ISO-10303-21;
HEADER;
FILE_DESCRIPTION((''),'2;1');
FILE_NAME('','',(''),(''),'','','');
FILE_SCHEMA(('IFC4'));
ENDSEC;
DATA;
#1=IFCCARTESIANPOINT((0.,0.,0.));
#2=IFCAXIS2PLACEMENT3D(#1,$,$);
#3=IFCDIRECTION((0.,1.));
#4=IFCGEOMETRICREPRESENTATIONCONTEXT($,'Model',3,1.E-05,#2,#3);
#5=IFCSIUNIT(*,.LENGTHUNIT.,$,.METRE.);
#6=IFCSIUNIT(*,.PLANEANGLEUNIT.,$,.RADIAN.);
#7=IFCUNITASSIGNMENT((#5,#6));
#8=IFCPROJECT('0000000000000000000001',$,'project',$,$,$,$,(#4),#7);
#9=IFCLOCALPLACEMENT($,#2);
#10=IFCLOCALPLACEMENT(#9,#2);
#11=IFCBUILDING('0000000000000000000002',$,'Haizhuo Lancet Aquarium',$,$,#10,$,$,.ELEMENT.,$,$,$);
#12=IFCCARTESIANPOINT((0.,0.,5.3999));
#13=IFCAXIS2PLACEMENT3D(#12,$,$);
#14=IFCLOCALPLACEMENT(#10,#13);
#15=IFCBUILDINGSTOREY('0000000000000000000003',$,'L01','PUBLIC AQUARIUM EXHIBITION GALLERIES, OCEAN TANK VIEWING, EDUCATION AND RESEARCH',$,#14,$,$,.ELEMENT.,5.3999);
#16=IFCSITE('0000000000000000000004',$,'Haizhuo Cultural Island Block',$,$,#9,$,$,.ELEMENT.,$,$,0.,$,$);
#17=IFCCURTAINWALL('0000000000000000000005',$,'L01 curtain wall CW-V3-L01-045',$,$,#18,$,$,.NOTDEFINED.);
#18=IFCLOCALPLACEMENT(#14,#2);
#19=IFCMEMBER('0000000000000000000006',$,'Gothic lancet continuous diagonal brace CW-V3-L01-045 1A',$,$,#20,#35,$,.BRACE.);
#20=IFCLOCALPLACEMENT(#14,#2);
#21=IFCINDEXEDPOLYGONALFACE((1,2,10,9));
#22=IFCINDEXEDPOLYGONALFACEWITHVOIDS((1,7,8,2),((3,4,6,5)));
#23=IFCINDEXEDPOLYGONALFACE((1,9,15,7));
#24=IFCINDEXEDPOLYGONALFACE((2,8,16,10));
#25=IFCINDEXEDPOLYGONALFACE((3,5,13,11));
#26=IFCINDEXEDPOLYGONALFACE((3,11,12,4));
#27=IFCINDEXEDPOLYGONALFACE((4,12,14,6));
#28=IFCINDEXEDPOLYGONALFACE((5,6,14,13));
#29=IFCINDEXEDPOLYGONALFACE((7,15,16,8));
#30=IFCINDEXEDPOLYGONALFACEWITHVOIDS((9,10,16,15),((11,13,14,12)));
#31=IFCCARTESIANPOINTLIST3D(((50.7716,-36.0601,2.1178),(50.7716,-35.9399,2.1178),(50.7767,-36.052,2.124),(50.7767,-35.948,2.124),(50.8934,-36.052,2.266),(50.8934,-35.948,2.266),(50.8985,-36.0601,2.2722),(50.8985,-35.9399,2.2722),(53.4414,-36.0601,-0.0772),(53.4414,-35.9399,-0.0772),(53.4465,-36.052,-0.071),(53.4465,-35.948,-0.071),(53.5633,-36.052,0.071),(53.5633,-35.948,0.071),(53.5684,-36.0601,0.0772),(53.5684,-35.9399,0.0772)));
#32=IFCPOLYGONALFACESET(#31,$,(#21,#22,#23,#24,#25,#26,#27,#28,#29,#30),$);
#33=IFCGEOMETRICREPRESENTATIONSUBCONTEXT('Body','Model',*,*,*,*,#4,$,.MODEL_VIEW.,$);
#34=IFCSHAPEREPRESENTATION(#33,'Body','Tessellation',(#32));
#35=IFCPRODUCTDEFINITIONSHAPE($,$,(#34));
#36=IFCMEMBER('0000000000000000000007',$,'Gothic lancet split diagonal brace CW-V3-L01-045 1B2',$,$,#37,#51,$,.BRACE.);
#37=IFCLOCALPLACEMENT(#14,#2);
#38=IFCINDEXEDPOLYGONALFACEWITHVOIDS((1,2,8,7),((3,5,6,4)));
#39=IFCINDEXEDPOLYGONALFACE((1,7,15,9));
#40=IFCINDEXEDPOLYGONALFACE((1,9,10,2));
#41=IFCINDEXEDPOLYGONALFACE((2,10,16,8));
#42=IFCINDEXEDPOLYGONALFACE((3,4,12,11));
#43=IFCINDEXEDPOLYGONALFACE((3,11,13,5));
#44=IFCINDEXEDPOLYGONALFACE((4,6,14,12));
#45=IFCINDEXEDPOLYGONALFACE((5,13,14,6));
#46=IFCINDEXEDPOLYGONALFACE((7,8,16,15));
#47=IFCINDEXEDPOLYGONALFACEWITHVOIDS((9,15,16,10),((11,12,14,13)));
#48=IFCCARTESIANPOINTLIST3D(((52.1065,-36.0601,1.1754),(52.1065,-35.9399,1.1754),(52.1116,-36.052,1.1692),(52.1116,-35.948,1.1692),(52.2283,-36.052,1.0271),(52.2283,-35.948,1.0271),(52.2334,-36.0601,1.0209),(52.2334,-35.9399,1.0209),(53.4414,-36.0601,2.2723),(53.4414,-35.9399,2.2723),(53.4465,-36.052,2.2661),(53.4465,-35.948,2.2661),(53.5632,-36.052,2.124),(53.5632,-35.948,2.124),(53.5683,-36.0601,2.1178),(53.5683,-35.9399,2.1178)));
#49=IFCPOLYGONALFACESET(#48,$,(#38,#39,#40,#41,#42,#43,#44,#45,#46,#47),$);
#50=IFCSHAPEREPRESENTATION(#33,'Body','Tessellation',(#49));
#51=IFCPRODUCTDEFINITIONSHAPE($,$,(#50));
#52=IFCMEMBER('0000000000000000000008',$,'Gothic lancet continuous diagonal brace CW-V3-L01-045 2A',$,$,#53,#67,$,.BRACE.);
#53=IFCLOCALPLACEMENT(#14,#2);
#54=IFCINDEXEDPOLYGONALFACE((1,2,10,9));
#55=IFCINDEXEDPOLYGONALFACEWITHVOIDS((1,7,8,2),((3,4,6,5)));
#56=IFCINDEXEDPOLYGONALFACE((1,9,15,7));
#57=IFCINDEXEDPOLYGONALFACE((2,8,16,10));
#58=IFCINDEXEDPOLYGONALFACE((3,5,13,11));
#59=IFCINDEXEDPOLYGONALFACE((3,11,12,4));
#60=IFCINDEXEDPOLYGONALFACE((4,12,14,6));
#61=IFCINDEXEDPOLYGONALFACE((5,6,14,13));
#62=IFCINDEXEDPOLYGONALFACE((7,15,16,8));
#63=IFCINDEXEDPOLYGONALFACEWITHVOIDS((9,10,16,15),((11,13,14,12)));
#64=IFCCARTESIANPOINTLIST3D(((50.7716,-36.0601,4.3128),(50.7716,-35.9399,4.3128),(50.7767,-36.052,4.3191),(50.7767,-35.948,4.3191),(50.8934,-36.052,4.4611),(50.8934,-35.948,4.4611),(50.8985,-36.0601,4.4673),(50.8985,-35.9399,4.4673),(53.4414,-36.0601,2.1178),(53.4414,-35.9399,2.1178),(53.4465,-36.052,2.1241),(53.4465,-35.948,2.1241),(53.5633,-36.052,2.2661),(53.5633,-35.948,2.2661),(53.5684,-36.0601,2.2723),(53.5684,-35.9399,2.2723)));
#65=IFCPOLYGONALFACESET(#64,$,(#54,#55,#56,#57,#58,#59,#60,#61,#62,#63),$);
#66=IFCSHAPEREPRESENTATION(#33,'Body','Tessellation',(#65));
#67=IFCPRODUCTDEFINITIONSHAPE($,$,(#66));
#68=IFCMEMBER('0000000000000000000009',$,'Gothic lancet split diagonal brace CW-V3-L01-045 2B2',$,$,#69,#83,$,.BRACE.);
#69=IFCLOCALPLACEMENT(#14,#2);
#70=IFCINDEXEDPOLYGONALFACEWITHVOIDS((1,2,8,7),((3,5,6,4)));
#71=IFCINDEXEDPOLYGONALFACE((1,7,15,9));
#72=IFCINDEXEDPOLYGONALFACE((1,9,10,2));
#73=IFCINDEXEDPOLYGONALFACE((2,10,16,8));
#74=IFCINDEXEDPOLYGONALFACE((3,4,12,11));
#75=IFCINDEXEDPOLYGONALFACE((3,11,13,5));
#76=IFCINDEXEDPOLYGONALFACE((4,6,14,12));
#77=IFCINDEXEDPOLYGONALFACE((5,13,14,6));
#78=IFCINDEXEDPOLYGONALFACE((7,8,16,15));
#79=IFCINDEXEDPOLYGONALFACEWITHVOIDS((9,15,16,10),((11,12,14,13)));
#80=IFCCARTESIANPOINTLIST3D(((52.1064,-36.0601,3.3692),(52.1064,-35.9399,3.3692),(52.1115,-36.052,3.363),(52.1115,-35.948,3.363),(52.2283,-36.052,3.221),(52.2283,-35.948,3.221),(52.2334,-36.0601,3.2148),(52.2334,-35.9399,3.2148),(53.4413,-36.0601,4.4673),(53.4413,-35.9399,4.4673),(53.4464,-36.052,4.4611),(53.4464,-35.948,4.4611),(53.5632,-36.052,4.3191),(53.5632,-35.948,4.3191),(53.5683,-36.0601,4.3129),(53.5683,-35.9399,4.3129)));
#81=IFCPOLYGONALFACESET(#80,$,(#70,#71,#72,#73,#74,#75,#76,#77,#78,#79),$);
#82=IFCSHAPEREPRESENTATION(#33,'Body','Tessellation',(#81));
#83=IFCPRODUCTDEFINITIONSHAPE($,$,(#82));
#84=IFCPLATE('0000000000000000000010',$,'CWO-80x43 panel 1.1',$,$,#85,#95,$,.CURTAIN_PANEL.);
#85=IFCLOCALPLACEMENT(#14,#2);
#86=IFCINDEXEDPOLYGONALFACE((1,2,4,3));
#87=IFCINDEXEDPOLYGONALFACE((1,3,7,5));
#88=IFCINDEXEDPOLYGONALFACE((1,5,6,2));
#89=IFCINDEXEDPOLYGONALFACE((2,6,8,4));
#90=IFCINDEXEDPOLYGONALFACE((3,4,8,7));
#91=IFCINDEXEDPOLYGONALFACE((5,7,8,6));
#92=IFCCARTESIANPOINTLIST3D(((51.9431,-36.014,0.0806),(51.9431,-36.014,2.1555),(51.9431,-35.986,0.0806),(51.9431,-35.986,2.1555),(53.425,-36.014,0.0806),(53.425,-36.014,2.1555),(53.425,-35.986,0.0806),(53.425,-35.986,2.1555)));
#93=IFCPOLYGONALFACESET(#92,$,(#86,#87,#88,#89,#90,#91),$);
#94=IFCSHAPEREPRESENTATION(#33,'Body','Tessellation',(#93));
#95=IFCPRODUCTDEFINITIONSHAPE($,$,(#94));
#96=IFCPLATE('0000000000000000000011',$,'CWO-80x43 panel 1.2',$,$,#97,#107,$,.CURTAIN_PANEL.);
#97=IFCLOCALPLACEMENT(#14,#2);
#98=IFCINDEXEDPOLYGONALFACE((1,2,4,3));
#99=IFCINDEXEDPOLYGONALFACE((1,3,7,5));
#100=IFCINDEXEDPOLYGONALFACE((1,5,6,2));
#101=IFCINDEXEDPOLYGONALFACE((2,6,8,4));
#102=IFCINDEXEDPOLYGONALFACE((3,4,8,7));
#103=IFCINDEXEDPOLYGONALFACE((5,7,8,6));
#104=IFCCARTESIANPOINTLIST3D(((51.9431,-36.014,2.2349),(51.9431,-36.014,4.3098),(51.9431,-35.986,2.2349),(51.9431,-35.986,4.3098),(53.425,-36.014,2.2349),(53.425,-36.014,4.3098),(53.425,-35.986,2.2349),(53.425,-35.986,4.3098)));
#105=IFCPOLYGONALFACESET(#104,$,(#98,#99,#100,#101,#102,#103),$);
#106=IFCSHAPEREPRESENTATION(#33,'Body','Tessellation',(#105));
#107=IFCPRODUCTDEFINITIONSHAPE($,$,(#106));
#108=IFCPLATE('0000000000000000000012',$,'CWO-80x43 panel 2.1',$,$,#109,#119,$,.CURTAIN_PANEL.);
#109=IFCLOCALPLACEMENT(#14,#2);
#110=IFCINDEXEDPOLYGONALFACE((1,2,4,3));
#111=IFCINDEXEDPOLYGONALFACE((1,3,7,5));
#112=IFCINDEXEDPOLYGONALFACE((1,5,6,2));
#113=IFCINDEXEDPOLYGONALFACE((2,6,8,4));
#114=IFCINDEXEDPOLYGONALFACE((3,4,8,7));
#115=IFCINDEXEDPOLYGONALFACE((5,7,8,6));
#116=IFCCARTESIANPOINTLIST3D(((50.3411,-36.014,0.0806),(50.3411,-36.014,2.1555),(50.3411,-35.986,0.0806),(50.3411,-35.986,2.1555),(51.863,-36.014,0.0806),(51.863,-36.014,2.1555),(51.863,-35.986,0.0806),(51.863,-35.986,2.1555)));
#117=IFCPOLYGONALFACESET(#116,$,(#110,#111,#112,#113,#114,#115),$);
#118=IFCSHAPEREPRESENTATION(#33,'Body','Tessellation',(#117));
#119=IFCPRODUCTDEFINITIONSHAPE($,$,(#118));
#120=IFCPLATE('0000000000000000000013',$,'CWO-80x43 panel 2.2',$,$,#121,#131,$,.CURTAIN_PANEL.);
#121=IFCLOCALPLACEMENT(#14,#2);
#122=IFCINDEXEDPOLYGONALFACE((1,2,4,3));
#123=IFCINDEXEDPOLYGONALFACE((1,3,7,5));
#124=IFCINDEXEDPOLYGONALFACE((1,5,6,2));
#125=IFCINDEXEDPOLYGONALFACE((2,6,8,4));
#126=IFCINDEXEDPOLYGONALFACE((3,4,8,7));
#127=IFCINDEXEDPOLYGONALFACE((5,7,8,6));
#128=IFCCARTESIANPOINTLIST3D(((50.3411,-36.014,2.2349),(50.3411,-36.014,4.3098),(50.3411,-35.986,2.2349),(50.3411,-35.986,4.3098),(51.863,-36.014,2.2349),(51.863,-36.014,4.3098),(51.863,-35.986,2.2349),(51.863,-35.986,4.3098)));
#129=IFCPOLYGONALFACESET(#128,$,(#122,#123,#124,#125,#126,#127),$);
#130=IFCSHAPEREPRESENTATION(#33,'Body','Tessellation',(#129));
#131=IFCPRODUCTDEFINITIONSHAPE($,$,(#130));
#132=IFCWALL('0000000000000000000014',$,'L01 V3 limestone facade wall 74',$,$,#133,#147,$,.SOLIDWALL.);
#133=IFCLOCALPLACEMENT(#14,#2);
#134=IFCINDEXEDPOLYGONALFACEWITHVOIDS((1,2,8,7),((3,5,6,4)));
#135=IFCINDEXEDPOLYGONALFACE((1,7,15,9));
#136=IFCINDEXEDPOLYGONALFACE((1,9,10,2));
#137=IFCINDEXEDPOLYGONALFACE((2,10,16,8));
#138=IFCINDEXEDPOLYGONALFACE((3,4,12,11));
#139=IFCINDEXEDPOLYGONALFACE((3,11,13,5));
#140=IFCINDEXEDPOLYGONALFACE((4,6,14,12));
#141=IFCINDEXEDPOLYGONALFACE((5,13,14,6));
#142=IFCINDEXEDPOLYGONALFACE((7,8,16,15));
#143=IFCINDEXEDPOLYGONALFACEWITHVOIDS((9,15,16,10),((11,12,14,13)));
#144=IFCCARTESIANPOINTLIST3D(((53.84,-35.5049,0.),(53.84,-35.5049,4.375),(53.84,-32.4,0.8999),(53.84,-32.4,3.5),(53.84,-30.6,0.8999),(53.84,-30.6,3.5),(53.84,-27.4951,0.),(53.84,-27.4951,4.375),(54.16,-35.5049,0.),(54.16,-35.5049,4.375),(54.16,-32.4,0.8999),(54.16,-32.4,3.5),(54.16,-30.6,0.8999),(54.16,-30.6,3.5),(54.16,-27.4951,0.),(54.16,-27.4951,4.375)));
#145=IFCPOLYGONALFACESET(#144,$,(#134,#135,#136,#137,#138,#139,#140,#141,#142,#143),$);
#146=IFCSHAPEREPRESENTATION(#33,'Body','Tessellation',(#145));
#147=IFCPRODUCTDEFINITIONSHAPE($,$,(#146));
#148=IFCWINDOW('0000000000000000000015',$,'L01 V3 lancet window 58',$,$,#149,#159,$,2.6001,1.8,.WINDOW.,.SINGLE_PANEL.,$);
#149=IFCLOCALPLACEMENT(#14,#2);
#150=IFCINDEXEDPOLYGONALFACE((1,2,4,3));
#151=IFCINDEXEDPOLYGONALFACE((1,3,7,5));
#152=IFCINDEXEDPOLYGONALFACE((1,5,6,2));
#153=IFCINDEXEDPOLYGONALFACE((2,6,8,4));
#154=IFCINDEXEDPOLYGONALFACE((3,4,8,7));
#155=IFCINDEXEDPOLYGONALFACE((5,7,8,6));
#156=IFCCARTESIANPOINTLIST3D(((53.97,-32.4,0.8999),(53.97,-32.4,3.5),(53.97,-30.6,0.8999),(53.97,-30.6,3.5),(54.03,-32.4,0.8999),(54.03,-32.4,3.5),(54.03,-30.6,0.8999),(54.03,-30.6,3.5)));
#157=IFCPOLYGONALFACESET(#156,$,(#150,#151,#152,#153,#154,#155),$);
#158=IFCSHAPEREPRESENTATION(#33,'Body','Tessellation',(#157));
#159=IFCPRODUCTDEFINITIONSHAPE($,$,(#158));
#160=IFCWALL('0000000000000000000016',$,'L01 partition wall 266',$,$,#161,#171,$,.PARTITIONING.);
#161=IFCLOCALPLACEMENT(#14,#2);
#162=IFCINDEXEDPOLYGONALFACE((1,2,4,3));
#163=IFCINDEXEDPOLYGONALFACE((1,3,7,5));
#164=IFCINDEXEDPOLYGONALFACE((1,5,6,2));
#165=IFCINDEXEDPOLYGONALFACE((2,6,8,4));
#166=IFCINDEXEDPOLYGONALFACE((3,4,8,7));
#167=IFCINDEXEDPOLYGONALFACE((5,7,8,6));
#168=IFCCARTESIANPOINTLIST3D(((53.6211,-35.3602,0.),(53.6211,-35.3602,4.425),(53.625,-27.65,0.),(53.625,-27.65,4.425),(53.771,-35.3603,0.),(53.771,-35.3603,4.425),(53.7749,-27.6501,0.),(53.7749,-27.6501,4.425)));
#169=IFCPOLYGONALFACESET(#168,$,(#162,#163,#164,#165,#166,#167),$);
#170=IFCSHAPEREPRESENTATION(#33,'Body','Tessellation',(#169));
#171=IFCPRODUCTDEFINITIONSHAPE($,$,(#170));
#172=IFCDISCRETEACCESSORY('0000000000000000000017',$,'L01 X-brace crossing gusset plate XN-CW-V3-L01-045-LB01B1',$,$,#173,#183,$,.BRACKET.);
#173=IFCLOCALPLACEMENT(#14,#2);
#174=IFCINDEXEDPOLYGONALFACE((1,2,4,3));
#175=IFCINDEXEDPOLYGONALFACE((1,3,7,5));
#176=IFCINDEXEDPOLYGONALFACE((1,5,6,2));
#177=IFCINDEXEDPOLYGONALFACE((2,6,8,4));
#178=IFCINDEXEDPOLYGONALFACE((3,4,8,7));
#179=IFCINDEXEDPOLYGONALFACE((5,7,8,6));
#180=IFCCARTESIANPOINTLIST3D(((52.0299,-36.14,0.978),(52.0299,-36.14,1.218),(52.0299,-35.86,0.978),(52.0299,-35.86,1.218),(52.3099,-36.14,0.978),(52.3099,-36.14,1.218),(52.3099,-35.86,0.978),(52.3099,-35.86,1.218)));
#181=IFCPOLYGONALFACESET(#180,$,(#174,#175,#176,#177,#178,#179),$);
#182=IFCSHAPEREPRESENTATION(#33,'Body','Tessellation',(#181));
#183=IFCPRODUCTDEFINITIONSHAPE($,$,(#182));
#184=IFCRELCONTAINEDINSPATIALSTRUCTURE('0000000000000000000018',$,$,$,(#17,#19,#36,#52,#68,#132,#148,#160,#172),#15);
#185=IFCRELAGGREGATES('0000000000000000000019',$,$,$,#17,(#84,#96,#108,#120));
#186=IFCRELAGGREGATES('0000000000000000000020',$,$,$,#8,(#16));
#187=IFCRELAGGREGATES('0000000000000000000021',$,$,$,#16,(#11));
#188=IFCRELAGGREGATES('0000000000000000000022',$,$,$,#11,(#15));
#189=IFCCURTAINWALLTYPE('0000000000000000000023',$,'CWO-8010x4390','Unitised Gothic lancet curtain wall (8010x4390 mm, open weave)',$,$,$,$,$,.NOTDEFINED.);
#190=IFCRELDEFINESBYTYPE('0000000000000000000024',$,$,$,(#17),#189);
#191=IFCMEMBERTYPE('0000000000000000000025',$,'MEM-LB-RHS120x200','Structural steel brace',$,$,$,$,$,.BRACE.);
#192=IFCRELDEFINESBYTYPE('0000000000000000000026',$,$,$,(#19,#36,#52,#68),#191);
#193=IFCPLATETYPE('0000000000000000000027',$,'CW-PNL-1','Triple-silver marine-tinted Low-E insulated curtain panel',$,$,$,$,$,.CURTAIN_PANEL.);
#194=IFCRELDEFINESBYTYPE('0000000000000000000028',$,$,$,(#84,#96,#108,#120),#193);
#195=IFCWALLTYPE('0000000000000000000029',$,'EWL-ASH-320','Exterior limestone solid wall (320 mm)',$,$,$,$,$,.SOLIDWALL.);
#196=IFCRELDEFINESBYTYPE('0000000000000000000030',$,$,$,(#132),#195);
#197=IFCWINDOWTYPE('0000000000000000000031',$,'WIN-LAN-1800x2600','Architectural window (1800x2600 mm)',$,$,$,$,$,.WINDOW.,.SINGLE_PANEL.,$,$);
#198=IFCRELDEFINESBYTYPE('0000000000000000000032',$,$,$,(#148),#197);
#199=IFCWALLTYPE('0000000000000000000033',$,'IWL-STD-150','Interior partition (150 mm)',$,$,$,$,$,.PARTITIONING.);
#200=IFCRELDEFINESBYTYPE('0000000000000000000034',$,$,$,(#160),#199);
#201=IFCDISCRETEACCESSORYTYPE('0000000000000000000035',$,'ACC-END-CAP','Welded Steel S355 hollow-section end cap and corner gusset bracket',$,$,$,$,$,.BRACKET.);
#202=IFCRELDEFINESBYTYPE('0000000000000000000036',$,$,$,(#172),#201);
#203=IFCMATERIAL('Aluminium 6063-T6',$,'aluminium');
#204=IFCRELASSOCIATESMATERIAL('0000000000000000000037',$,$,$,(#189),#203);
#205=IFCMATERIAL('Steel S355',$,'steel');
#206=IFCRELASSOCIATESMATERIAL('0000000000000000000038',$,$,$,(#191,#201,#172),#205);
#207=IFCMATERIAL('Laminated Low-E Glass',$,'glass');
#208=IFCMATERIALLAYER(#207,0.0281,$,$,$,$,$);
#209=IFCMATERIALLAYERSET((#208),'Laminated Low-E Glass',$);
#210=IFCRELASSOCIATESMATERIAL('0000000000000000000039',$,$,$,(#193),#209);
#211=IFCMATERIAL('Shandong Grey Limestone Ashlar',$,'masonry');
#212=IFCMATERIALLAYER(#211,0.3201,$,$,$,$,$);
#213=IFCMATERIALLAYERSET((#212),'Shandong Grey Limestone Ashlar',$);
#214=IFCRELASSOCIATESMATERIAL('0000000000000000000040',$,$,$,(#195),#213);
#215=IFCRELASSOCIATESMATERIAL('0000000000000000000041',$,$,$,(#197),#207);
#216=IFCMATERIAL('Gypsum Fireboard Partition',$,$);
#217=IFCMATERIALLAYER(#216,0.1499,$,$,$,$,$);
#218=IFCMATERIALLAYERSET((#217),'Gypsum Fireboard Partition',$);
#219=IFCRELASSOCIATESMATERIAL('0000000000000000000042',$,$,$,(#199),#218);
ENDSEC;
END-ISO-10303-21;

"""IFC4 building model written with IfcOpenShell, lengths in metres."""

from ifc_helpers import new_model, si_unit, direction, frame, frame_2d, origin, origin_2d, place, context, subcontext, project, spatial, rectangle, hollow_rectangle, extrude, material, layer, layer_set, material_profile, profile_set, type_object, element, fill, aggregate, save


model = new_model("IFC4")

# Units and contexts
model_context = context("Model", 3, precision=1e-05, world=origin(), true_north=direction((0.0, 1.0)))
body_context = subcontext(model_context, "Body", "Model", "MODEL_VIEW")
ifc_project = project(units=[si_unit("LENGTHUNIT", "METRE"), si_unit("PLANEANGLEUNIT", "RADIAN")], contexts=[model_context])

# Site, building, storey
site_placement = place(None, origin())
site = spatial("IfcSite", under=ifc_project, at=site_placement, Name="Haizhuo Cultural Island Block", CompositionType="ELEMENT", RefElevation=0.0)
building_placement = place(site_placement, origin())
building = spatial("IfcBuilding", under=site, at=building_placement, Name="Haizhuo Lancet Aquarium", CompositionType="ELEMENT")
storey_placement = place(building_placement, frame((0.0, 0.0, 5.3999)))
storey = spatial("IfcBuildingStorey", under=building, at=storey_placement, Name="L01", Description="PUBLIC AQUARIUM EXHIBITION GALLERIES, OCEAN TANK VIEWING, EDUCATION AND RESEARCH", CompositionType="ELEMENT", Elevation=5.3999)

# Curtain wall
ifc_material_1 = material(Name="Aluminium 6063-T6", Category="aluminium")
curtain_wall_type = type_object("IfcCurtainWallType", Name="CWO-8010x4390", Description="Unitised Gothic lancet curtain wall (8010x4390 mm, open weave)", PredefinedType="NOTDEFINED", material=ifc_material_1)
curtain_wall_placement = place(storey_placement, origin())
curtain_wall = element("IfcCurtainWall", 1, at=curtain_wall_placement, inside=storey, type_object=curtain_wall_type, Name="L01 curtain wall CW-V3-L01-045", PredefinedType="NOTDEFINED")

# Members
ifc_material_2 = material(Name="Steel S355", Category="steel")
ifc_material_profile_1 = material_profile(ifc_material_2, hollow_rectangle(XDim=0.1201, YDim=0.2, WallThickness=0.0081, at=origin_2d()), Name="RHS 120x200x8")
ifc_profile_set_1 = profile_set([ifc_material_profile_1], Name="Steel S355")
member_type_1 = type_object("IfcMemberType", Name="MEM-LB-RHS120x200", Description="Structural steel brace", PredefinedType="BRACE", material=ifc_profile_set_1)
member_1_placement = place(storey_placement, frame((53.5049, -36.0, 0.0), z_axis=(-0.772454, 0.0, 0.635071), x_axis=(0.0, -1.0, 0.0)))
element("IfcMember", 2, at=member_1_placement, inside=storey, type_object=member_type_1, Name="Gothic lancet continuous diagonal brace CW-V3-L01-045 1A", PredefinedType="BRACE", context=body_context, shape_type="SweptSolid", body=[
    extrude(hollow_rectangle(XDim=0.1201, YDim=0.2, WallThickness=0.0081, at=origin_2d()), origin(), (0.0, 0.0, 1.0), 3.4563),
])
member_2_placement = place(storey_placement, frame((52.1699, -36.0, 1.0981), z_axis=(0.772627, 0.0, 0.63486), x_axis=(0.0, 1.0, 0.0)))
element("IfcMember", 3, at=member_2_placement, inside=storey, type_object=member_type_1, Name="Gothic lancet split diagonal brace CW-V3-L01-045 1B2", PredefinedType="BRACE", context=body_context, shape_type="SweptSolid", body=[
    extrude(hollow_rectangle(XDim=0.1201, YDim=0.2, WallThickness=0.0081, at=origin_2d()), origin(), (0.0, 0.0, 1.0), 1.7278),
])
member_3_placement = place(storey_placement, frame((53.5049, -36.0, 2.1951), z_axis=(-0.772454, 0.0, 0.635071), x_axis=(0.0, -1.0, 0.0)))
element("IfcMember", 4, at=member_3_placement, inside=storey, type_object=member_type_1, Name="Gothic lancet continuous diagonal brace CW-V3-L01-045 2A", PredefinedType="BRACE", context=body_context, shape_type="SweptSolid", body=[
    extrude(hollow_rectangle(XDim=0.1201, YDim=0.2, WallThickness=0.0081, at=origin_2d()), origin(), (0.0, 0.0, 1.0), 3.4563),
])
member_4_placement = place(storey_placement, frame((52.1699, -36.0, 3.292), z_axis=(0.772281, 0.0, 0.635281), x_axis=(0.0, 1.0, 0.0)))
element("IfcMember", 5, at=member_4_placement, inside=storey, type_object=member_type_1, Name="Gothic lancet split diagonal brace CW-V3-L01-045 2B2", PredefinedType="BRACE", context=body_context, shape_type="SweptSolid", body=[
    extrude(hollow_rectangle(XDim=0.1201, YDim=0.2, WallThickness=0.0081, at=origin_2d()), origin(), (0.0, 0.0, 1.0), 1.7285),
])

# Plates
ifc_material_3 = material(Name="Laminated Low-E Glass", Category="glass")
ifc_layer_1 = layer(ifc_material_3, 0.0281)
ifc_layer_set_1 = layer_set([ifc_layer_1], Name="Laminated Low-E Glass")
plate_type = type_object("IfcPlateType", Name="CW-PNL-1", Description="Triple-silver marine-tinted Low-E insulated curtain panel", PredefinedType="CURTAIN_PANEL", material=ifc_layer_set_1)
plate_1_placement = place(storey_placement, frame((52.6841, -36.0, 0.0806), z_axis=(0.0, 0.0, 1.0), x_axis=(-1.0, 0.0, 0.0)))
plate_1 = element("IfcPlate", 6, at=plate_1_placement, type_object=plate_type, Name="CWO-80x43 panel 1.1", PredefinedType="CURTAIN_PANEL", context=body_context, shape_type="SweptSolid", body=[
    extrude(rectangle(XDim=1.4819, YDim=0.0281, at=origin_2d()), origin(), (0.0, 0.0, 1.0), 2.075),
])
plate_2_placement = place(storey_placement, frame((52.6841, -36.0, 2.2349), z_axis=(0.0, 0.0, 1.0), x_axis=(-1.0, 0.0, 0.0)))
plate_2 = element("IfcPlate", 7, at=plate_2_placement, type_object=plate_type, Name="CWO-80x43 panel 1.2", PredefinedType="CURTAIN_PANEL", context=body_context, shape_type="SweptSolid", body=[
    extrude(rectangle(XDim=1.4819, YDim=0.0281, at=origin_2d()), origin(), (0.0, 0.0, 1.0), 2.075),
])
plate_3_placement = place(storey_placement, frame((51.1021, -36.0, 0.0806), z_axis=(0.0, 0.0, 1.0), x_axis=(-1.0, 0.0, 0.0)))
plate_3 = element("IfcPlate", 8, at=plate_3_placement, type_object=plate_type, Name="CWO-80x43 panel 2.1", PredefinedType="CURTAIN_PANEL", context=body_context, shape_type="SweptSolid", body=[
    extrude(rectangle(XDim=1.522, YDim=0.0281, at=origin_2d()), origin(), (0.0, 0.0, 1.0), 2.075),
])
plate_4_placement = place(storey_placement, frame((51.1021, -36.0, 2.2349), z_axis=(0.0, 0.0, 1.0), x_axis=(-1.0, 0.0, 0.0)))
plate_4 = element("IfcPlate", 9, at=plate_4_placement, type_object=plate_type, Name="CWO-80x43 panel 2.2", PredefinedType="CURTAIN_PANEL", context=body_context, shape_type="SweptSolid", body=[
    extrude(rectangle(XDim=1.522, YDim=0.0281, at=origin_2d()), origin(), (0.0, 0.0, 1.0), 2.075),
])
aggregate(curtain_wall, [plate_1, plate_2, plate_3, plate_4])

# Wall, opening, window
ifc_material_4 = material(Name="Shandong Grey Limestone Ashlar", Category="masonry")
ifc_layer_2 = layer(ifc_material_4, 0.3201)
ifc_layer_set_2 = layer_set([ifc_layer_2], Name="Shandong Grey Limestone Ashlar")
wall_type_1 = type_object("IfcWallType", Name="EWL-ASH-320", Description="Exterior limestone solid wall (320 mm)", PredefinedType="SOLIDWALL", material=ifc_layer_set_2)
wall_1_placement = place(storey_placement, frame((54.0, -27.4951, 0.0), z_axis=(0.0, 0.0, 1.0), x_axis=(0.0, -1.0, 0.0)))
wall_1 = element("IfcWall", 10, at=wall_1_placement, inside=storey, type_object=wall_type_1, Name="L01 V3 limestone facade wall 74", PredefinedType="SOLIDWALL", context=body_context, shape_type="SweptSolid", body=[
    extrude(rectangle(XDim=8.0098, YDim=0.3201, at=frame_2d((4.0049, 0.0))), origin(), (0.0, 0.0, 1.0), 4.375),
])
opening_placement = place(wall_1_placement, frame((3.105, 0.0, 0.8999)))
opening = element("IfcOpeningElement", 11, at=opening_placement, cuts=wall_1, PredefinedType="OPENING", context=body_context, shape_type="SweptSolid", body=[
    extrude(rectangle(XDim=1.8, YDim=2.6001, at=frame_2d((0.8999, 1.3))), frame((0.0, 0.1699, 0.0), z_axis=(0.0, -1.0, 0.0), x_axis=(1.0, 0.0, 0.0)), (0.0, 0.0, 1.0), 0.3401),
])
window_type = type_object("IfcWindowType", Name="WIN-LAN-1800x2600", Description="Architectural window (1800x2600 mm)", PartitioningType="SINGLE_PANEL", PredefinedType="WINDOW", material=ifc_material_3)
window_placement = place(opening_placement, origin())
window = element("IfcWindow", 12, at=window_placement, inside=storey, type_object=window_type, Name="L01 V3 lancet window 58", OverallHeight=2.6001, OverallWidth=1.8, PartitioningType="SINGLE_PANEL", PredefinedType="WINDOW", context=body_context, shape_type="SweptSolid", body=[
    extrude(rectangle(XDim=1.8, YDim=2.6001, at=frame_2d((0.8999, 1.3))), frame((0.0, 0.03, 0.0), z_axis=(0.0, -1.0, 0.0), x_axis=(1.0, 0.0, 0.0)), (0.0, 0.0, 1.0), 0.0601),
])
fill(opening, window)

# Wall
ifc_material_5 = material(Name="Gypsum Fireboard Partition")
ifc_layer_3 = layer(ifc_material_5, 0.1499)
ifc_layer_set_3 = layer_set([ifc_layer_3], Name="Gypsum Fireboard Partition")
wall_type_2 = type_object("IfcWallType", Name="IWL-STD-150", Description="Interior partition (150 mm)", PredefinedType="PARTITIONING", material=ifc_layer_set_3)
wall_2_placement = place(storey_placement, frame((53.696, -35.3601, 0.0), z_axis=(0.0, 0.0, 1.0), x_axis=(0.000507, 1.0, 0.0)))
element("IfcWall", 13, at=wall_2_placement, inside=storey, type_object=wall_type_2, Name="L01 partition wall 266", PredefinedType="PARTITIONING", context=body_context, shape_type="SweptSolid", body=[
    extrude(rectangle(XDim=7.7102, YDim=0.1499, at=frame_2d((3.855, 0.0))), origin(), (0.0, 0.0, 1.0), 4.425),
])

# Discrete accessory
discrete_accessory_type = type_object("IfcDiscreteAccessoryType", Name="ACC-END-CAP", Description="Welded Steel S355 hollow-section end cap and corner gusset bracket", PredefinedType="BRACKET", material=ifc_material_2)
for number, where, z_axis, x_axis, name in (
    (14, (52.1699, -36.0, 0.978), (0.0, 0.0, 1.0), (1.0, 0.0, 0.0), "L01 X-brace crossing gusset plate XN-CW-V3-L01-045-LB01B1"),
):
    element("IfcDiscreteAccessory", number, at=place(storey_placement, frame(where, z_axis=z_axis, x_axis=x_axis)), inside=storey, type_object=discrete_accessory_type, material=ifc_material_2, Name=name, PredefinedType="BRACKET", context=body_context, shape_type="SweptSolid", body=[
        extrude(rectangle(XDim=0.28, YDim=0.28, at=origin_2d()), origin(), (0.0, 0.0, 1.0), 0.24),
    ])

save(model, "model.ifc")
